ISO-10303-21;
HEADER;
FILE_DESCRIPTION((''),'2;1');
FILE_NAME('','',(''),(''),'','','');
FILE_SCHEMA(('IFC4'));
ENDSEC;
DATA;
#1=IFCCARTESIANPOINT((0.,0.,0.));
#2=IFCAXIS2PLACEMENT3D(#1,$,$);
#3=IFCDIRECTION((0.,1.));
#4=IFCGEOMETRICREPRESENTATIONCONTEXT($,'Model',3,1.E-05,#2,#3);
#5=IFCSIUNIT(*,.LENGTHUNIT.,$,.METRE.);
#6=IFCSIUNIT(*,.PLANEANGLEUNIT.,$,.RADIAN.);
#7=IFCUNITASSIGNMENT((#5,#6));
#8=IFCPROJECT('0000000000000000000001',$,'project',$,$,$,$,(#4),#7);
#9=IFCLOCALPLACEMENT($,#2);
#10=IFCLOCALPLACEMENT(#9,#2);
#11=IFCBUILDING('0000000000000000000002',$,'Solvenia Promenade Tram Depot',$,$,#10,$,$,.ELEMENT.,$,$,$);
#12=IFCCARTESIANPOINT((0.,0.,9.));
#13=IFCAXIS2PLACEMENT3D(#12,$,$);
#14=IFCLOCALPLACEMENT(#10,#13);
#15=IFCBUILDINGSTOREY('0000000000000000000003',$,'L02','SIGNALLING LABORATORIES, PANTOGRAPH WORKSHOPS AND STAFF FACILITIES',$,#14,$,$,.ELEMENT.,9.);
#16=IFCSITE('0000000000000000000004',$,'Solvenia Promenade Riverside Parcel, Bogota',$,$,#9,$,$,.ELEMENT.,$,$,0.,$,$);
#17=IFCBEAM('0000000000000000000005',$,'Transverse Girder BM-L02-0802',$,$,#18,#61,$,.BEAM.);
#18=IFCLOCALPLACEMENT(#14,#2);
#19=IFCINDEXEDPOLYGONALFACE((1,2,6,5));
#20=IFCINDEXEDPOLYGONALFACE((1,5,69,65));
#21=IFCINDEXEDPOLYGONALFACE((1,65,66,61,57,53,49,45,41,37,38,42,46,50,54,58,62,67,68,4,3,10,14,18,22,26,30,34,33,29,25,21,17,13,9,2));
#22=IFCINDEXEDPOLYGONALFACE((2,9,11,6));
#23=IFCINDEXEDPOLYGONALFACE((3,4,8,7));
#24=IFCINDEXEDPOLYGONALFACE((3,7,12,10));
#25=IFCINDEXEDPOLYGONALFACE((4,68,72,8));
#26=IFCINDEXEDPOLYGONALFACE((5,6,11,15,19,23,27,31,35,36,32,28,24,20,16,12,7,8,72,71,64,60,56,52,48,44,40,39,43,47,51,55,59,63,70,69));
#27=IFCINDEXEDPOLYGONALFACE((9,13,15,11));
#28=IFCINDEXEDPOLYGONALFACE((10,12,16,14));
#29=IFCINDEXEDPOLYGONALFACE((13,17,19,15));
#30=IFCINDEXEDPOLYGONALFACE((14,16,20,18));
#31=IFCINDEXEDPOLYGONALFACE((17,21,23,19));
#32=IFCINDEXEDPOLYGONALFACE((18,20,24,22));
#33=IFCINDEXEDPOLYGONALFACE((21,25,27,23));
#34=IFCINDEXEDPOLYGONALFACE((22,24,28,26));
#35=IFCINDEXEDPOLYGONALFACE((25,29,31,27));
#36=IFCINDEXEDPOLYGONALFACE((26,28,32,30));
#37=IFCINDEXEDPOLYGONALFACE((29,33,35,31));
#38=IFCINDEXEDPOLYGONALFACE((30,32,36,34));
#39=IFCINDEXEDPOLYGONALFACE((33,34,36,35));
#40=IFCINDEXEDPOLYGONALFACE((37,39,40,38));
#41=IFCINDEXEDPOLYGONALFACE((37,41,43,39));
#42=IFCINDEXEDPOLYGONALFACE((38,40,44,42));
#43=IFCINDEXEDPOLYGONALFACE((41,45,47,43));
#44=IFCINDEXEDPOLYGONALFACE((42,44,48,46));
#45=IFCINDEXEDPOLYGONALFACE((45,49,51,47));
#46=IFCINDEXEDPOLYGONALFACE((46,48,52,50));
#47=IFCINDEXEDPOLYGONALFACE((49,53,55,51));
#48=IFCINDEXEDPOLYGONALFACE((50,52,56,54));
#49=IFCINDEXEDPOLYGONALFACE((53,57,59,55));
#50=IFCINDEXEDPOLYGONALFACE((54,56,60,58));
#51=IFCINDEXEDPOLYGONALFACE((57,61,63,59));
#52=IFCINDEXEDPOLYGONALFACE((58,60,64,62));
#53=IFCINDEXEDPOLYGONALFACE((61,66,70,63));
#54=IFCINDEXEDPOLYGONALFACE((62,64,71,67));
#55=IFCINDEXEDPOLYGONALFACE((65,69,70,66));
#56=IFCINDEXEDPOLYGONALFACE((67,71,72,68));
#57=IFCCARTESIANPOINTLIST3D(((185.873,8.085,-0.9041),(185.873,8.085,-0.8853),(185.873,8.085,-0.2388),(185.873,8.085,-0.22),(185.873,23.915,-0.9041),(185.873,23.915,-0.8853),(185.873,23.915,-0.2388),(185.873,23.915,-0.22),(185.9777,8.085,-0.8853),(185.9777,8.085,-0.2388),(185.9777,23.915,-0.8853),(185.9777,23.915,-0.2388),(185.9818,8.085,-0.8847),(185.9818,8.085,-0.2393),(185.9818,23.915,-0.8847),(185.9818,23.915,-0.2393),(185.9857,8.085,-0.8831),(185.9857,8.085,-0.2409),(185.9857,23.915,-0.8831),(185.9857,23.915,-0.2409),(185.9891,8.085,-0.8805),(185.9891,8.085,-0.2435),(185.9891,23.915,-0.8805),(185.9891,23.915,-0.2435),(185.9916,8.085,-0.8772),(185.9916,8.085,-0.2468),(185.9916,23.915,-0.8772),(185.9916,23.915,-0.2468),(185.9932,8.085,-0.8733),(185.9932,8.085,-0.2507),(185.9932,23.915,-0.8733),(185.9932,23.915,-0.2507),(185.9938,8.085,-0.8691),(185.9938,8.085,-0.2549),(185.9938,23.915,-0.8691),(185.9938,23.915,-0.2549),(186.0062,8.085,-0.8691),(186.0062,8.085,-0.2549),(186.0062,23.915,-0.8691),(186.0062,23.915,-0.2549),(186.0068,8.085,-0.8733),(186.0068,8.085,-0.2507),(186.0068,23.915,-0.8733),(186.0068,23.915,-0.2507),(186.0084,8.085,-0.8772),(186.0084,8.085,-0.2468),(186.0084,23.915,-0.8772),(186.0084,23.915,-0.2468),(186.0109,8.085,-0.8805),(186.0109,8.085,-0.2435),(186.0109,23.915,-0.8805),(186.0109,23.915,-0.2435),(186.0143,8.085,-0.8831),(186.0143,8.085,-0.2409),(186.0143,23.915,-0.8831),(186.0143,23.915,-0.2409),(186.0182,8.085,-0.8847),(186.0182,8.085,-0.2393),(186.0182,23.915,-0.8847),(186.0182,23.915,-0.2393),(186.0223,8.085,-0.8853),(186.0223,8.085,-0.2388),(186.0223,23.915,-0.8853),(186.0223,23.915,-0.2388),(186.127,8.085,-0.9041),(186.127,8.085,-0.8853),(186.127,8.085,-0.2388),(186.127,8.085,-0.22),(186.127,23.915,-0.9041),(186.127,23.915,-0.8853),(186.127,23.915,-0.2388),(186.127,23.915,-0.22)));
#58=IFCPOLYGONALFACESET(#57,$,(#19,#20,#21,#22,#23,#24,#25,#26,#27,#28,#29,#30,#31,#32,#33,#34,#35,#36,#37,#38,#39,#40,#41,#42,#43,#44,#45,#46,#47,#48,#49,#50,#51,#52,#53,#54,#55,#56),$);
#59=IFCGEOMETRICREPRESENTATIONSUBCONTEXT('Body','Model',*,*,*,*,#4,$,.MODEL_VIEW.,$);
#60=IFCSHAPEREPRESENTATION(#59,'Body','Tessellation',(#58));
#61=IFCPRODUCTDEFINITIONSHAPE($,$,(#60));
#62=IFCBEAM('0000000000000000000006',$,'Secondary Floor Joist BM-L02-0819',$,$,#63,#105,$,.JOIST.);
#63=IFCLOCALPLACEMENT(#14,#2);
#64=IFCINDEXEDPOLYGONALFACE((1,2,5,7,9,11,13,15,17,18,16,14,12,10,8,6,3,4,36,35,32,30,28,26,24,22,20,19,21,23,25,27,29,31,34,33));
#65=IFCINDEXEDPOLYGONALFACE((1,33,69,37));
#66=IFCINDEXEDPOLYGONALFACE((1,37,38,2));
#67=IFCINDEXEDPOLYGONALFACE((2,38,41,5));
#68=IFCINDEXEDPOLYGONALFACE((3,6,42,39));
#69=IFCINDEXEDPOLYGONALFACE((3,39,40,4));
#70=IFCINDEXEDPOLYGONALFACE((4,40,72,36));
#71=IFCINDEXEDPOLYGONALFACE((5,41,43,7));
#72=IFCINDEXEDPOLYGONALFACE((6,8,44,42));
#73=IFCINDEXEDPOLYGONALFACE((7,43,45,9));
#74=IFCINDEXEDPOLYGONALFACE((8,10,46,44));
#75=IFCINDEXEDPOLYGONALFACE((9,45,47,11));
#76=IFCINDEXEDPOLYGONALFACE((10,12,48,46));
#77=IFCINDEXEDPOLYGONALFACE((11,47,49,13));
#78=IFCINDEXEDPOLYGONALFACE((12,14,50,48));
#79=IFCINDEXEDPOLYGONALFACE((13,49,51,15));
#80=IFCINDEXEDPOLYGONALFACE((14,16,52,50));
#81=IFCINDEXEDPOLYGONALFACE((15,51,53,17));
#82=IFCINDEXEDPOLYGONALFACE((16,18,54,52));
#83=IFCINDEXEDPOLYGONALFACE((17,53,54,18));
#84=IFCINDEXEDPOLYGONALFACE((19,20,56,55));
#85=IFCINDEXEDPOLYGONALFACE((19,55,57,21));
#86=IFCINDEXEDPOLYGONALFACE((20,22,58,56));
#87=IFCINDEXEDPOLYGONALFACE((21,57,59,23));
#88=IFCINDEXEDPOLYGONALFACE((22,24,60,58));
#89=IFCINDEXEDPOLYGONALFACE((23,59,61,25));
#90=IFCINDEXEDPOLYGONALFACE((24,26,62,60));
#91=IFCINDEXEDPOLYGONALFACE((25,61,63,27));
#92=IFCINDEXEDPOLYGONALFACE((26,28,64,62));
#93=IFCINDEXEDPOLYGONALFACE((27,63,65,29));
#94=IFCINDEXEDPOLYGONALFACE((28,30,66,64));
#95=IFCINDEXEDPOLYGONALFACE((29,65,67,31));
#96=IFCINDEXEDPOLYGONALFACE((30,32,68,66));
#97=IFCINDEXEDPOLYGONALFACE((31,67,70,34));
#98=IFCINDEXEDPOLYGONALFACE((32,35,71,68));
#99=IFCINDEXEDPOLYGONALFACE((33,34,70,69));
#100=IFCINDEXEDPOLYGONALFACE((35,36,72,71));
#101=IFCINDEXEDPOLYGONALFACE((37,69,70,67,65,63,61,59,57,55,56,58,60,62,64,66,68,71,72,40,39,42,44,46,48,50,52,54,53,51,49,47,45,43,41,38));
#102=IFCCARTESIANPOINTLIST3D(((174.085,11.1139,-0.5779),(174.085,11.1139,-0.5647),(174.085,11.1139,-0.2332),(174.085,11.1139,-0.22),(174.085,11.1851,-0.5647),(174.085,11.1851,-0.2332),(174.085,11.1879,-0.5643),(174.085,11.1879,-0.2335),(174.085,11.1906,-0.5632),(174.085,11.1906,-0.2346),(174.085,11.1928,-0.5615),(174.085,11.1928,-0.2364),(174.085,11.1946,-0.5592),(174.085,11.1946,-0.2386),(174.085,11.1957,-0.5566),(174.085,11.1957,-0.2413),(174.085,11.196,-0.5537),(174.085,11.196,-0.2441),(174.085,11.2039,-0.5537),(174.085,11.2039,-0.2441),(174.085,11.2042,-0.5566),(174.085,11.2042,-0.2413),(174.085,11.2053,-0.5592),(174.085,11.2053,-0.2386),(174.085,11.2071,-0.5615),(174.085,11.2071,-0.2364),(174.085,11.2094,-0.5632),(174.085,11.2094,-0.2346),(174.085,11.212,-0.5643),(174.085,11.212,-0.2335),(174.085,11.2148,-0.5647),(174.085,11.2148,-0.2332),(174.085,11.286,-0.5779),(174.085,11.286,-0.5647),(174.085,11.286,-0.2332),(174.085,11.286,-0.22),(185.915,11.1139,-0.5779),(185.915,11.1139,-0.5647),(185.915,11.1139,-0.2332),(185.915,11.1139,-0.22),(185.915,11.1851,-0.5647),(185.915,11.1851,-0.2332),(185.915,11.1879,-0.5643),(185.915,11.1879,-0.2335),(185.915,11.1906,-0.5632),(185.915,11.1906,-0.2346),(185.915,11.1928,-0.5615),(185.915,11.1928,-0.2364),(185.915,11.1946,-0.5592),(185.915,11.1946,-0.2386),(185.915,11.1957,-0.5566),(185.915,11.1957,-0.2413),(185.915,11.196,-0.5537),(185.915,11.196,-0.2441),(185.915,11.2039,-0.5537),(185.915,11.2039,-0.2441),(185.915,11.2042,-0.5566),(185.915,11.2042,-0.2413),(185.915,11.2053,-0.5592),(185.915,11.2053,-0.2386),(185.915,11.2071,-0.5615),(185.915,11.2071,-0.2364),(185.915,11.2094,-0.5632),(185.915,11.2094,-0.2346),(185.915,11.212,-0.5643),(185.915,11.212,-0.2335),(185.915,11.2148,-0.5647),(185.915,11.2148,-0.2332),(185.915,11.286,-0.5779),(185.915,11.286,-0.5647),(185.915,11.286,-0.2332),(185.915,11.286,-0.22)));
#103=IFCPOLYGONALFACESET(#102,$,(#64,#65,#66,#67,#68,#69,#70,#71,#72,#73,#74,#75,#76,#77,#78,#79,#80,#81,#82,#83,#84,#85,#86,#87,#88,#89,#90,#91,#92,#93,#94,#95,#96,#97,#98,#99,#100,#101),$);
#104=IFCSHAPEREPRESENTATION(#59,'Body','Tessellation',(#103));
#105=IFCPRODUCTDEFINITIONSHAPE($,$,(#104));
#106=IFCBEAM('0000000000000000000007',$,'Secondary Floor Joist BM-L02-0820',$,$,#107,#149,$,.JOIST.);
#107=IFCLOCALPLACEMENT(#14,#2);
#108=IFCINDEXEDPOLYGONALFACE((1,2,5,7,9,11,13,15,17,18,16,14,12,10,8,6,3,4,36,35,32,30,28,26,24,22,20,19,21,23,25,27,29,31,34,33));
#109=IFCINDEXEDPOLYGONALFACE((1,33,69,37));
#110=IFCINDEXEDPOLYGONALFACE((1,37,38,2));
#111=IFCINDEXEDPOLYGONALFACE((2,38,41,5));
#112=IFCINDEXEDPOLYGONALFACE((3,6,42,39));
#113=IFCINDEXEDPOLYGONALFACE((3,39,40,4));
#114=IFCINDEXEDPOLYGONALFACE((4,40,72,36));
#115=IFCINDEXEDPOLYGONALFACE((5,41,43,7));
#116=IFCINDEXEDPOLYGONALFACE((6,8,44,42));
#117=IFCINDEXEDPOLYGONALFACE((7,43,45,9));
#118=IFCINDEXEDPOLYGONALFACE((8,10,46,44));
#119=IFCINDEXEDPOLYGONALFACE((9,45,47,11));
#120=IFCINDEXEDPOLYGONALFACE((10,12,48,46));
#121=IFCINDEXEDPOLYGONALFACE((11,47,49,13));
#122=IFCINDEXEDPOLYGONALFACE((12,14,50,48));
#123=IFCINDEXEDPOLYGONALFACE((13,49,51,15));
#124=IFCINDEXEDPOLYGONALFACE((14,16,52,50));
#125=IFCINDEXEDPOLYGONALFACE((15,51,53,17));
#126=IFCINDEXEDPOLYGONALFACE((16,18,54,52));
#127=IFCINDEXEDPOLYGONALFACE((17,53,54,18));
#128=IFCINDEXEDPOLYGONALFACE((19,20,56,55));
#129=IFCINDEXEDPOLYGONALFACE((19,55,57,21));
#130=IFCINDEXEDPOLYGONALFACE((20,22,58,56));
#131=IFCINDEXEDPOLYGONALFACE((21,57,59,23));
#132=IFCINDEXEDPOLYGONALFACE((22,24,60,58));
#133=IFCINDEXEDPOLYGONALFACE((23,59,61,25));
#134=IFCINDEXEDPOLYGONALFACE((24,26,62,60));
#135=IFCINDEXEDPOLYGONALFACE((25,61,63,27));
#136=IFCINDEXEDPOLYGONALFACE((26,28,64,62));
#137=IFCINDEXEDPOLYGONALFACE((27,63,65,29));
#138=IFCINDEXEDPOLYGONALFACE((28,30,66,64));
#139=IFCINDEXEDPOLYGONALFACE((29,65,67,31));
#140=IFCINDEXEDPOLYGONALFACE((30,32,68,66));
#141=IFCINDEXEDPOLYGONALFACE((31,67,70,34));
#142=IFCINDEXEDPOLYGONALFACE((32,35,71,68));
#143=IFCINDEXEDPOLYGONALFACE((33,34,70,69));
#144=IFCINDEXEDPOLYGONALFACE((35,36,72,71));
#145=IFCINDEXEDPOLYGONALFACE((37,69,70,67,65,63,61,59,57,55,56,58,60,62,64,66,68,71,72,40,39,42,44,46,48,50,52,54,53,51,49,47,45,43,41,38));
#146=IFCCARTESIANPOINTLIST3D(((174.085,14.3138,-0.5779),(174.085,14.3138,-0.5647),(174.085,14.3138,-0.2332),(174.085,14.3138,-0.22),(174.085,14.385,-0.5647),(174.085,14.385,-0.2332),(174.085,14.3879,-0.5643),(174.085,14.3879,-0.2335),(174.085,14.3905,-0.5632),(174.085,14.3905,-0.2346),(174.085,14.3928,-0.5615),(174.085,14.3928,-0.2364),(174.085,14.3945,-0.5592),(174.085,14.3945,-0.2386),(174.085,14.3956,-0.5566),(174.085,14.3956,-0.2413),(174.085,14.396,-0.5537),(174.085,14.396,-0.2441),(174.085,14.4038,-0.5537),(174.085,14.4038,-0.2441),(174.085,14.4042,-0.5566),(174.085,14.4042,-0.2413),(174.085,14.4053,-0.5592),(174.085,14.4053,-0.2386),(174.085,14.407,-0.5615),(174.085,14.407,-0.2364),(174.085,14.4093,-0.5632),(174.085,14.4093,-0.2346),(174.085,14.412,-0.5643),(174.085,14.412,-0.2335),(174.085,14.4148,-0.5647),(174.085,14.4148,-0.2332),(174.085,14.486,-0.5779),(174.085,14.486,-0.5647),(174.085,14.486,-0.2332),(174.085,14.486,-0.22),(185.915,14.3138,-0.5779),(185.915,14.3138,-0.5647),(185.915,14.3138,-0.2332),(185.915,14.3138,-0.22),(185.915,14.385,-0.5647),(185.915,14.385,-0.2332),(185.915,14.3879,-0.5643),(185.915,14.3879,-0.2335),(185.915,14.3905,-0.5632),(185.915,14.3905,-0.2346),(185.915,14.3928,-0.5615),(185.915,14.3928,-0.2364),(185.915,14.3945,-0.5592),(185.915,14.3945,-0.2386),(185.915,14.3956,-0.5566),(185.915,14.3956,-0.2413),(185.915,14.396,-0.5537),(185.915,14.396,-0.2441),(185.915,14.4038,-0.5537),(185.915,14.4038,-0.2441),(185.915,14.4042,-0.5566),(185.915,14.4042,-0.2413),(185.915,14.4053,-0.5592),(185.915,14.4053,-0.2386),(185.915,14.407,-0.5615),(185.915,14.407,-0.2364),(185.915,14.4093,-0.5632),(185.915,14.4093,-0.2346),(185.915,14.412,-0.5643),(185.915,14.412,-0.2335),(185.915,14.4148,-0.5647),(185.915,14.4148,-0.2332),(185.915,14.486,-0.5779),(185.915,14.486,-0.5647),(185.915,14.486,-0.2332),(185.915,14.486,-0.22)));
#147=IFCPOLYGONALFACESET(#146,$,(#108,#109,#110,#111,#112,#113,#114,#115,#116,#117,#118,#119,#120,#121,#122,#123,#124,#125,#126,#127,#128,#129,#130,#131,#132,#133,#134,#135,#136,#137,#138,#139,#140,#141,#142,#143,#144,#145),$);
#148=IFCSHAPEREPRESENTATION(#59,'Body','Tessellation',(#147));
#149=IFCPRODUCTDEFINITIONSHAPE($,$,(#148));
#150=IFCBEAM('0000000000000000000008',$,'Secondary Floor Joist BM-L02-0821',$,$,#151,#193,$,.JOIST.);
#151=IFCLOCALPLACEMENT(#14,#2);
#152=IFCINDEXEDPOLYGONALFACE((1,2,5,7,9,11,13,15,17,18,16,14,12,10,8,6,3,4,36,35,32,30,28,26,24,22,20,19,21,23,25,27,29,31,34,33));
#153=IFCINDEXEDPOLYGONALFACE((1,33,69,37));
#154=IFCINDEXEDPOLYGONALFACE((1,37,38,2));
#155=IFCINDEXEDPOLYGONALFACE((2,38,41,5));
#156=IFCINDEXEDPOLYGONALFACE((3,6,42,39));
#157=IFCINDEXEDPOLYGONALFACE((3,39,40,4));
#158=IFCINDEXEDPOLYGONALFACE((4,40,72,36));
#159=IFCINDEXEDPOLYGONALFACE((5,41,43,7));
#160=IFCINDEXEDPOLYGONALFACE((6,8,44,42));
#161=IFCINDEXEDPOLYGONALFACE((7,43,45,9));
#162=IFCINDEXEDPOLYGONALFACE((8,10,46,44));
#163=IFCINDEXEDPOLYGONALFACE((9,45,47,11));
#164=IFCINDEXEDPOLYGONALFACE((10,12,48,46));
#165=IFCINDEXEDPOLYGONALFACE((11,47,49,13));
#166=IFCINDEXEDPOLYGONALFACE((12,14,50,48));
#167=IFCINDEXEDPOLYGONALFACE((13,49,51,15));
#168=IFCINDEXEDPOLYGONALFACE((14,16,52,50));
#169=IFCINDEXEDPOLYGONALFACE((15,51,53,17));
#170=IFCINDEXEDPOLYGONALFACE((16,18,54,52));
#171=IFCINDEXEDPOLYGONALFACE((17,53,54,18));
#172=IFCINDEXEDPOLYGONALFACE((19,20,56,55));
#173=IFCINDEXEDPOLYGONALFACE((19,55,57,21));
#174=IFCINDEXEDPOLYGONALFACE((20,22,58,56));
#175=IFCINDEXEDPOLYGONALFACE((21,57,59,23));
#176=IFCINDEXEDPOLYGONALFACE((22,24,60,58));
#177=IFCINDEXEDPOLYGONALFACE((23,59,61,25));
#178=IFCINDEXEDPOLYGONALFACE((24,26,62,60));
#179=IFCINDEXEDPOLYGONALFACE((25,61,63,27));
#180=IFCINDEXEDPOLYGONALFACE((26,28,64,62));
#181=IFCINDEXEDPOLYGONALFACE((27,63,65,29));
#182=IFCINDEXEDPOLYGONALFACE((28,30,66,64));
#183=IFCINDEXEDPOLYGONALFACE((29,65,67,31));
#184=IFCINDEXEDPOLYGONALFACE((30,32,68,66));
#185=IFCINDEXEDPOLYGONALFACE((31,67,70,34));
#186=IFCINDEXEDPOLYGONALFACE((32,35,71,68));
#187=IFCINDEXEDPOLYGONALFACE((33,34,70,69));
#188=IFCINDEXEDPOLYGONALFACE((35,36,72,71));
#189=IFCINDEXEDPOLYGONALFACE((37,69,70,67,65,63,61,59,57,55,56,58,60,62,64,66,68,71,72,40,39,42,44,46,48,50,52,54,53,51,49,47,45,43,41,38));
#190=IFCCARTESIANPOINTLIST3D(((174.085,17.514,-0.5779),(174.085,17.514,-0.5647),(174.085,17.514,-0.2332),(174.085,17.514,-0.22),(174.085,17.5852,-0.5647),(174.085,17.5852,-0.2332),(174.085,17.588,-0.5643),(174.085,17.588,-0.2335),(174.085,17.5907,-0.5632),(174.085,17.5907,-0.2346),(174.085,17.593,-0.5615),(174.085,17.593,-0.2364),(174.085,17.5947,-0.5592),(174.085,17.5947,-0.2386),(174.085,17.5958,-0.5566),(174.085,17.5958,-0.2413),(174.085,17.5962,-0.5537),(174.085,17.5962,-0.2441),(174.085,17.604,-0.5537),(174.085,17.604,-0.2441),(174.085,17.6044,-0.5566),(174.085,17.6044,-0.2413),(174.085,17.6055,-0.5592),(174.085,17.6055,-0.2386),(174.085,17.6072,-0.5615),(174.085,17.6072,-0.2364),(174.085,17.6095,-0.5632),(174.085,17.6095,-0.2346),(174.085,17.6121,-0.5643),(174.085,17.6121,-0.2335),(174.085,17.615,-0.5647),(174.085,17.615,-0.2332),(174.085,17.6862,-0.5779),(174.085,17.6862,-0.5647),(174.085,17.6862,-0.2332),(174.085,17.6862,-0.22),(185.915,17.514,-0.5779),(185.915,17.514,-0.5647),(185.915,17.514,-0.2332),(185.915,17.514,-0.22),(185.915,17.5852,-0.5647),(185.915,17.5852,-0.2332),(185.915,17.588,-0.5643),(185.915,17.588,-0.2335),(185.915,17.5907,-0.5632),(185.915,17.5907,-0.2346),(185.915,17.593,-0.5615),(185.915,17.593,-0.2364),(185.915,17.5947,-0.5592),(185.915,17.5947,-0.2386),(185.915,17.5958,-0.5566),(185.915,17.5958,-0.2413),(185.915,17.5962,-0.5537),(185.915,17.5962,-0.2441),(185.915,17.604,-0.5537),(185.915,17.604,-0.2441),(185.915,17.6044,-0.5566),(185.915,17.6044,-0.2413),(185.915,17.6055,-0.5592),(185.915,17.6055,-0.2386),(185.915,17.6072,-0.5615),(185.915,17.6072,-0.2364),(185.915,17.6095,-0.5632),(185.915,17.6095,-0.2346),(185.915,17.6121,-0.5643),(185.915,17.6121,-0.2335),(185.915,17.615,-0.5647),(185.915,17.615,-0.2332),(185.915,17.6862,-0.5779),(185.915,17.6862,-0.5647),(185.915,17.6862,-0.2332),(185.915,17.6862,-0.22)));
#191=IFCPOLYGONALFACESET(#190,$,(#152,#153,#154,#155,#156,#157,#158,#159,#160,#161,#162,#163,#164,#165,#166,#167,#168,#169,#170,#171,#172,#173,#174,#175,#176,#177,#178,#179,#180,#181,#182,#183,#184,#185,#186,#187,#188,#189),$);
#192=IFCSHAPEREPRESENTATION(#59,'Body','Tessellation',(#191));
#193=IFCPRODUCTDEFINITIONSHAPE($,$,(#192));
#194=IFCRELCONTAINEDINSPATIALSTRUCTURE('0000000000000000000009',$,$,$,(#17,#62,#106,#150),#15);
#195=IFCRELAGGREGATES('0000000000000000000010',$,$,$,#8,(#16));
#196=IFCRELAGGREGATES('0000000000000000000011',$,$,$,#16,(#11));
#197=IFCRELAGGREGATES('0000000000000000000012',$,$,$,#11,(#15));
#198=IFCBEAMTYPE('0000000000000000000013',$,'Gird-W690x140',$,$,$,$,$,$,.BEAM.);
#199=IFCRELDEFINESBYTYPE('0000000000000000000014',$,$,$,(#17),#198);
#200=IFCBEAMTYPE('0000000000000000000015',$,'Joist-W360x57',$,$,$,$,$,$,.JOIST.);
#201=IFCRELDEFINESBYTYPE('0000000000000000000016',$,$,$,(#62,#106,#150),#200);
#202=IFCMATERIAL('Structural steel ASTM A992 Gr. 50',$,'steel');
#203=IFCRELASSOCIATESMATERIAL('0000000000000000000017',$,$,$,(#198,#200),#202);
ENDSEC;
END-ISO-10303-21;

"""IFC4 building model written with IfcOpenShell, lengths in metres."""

from ifc_helpers import new_model, si_unit, direction, frame, origin, origin_2d, place, context, subcontext, project, spatial, i_section, extrude, material, material_profile, profile_set, type_object, element, save


model = new_model("IFC4")

# Units and contexts
model_context = context("Model", 3, precision=1e-05, world=origin(), true_north=direction((0.0, 1.0)))
body_context = subcontext(model_context, "Body", "Model", "MODEL_VIEW")
ifc_project = project(units=[si_unit("LENGTHUNIT", "METRE"), si_unit("PLANEANGLEUNIT", "RADIAN")], contexts=[model_context])

# Site, building, storey
site_placement = place(None, origin())
site = spatial("IfcSite", under=ifc_project, at=site_placement, Name="Solvenia Promenade Riverside Parcel, Bogota", CompositionType="ELEMENT", RefElevation=0.0)
building_placement = place(site_placement, origin())
building = spatial("IfcBuilding", under=site, at=building_placement, Name="Solvenia Promenade Tram Depot", CompositionType="ELEMENT")
storey_placement = place(building_placement, frame((0.0, 0.0, 9.0)))
storey = spatial("IfcBuildingStorey", under=building, at=storey_placement, Name="L02", Description="SIGNALLING LABORATORIES, PANTOGRAPH WORKSHOPS AND STAFF FACILITIES", CompositionType="ELEMENT", Elevation=9.0)

# Beams
ifc_material_1 = material(Name="Structural steel ASTM A992 Gr. 50", Category="steel")
ifc_material_profile_1 = material_profile(ifc_material_1, i_section(OverallWidth=0.2539, OverallDepth=0.6841, WebThickness=0.0125, FlangeThickness=0.0188, FilletRadius=0.0161, at=origin_2d()), Name="W690x140", Category="steel")
ifc_profile_set_1 = profile_set([ifc_material_profile_1], Name="Structural steel ASTM A992 Gr. 50")
beam_type_1 = type_object("IfcBeamType", Name="Gird-W690x140", PredefinedType="BEAM", material=ifc_profile_set_1)
for number, where, z_axis, x_axis, name in (
    (1, (186.0, 8.085, -0.562), (0.0, 1.0, 0.0), (-1.0, 0.0, 0.0), "Transverse Girder BM-L02-0802"),
):
    element("IfcBeam", number, at=place(storey_placement, frame(where, z_axis=z_axis, x_axis=x_axis)), inside=storey, type_object=beam_type_1, Name=name, PredefinedType="BEAM", context=body_context, shape_type="SweptSolid", body=[
        extrude(i_section(OverallWidth=0.2539, OverallDepth=0.6841, WebThickness=0.0125, FlangeThickness=0.0188, FilletRadius=0.0161, at=origin_2d()), origin(), (0.0, 0.0, 1.0), 15.8301),
    ])
ifc_material_profile_2 = material_profile(ifc_material_1, i_section(OverallWidth=0.1721, OverallDepth=0.3579, WebThickness=0.0078, FlangeThickness=0.0132, FilletRadius=0.011, at=origin_2d()), Name="W360x57", Category="steel")
ifc_profile_set_2 = profile_set([ifc_material_profile_2], Name="Structural steel ASTM A992 Gr. 50")
beam_type_2 = type_object("IfcBeamType", Name="Joist-W360x57", PredefinedType="JOIST", material=ifc_profile_set_2)
for number, where, z_axis, x_axis, name in (
    (2, (174.085, 11.2, -0.3989), (1.0, 0.0, 0.0), (0.0, 1.0, 0.0), "Secondary Floor Joist BM-L02-0819"),
    (3, (174.085, 14.3999, -0.3989), (1.0, 0.0, 0.0), (0.0, 1.0, 0.0), "Secondary Floor Joist BM-L02-0820"),
    (4, (174.085, 17.6001, -0.3989), (1.0, 0.0, 0.0), (0.0, 1.0, 0.0), "Secondary Floor Joist BM-L02-0821"),
):
    element("IfcBeam", number, at=place(storey_placement, frame(where, z_axis=z_axis, x_axis=x_axis)), inside=storey, type_object=beam_type_2, Name=name, PredefinedType="JOIST", context=body_context, shape_type="SweptSolid", body=[
        extrude(i_section(OverallWidth=0.1721, OverallDepth=0.3579, WebThickness=0.0078, FlangeThickness=0.0132, FilletRadius=0.011, at=origin_2d()), origin(), (0.0, 0.0, 1.0), 11.8301),
    ])

save(model, "model.ifc")
